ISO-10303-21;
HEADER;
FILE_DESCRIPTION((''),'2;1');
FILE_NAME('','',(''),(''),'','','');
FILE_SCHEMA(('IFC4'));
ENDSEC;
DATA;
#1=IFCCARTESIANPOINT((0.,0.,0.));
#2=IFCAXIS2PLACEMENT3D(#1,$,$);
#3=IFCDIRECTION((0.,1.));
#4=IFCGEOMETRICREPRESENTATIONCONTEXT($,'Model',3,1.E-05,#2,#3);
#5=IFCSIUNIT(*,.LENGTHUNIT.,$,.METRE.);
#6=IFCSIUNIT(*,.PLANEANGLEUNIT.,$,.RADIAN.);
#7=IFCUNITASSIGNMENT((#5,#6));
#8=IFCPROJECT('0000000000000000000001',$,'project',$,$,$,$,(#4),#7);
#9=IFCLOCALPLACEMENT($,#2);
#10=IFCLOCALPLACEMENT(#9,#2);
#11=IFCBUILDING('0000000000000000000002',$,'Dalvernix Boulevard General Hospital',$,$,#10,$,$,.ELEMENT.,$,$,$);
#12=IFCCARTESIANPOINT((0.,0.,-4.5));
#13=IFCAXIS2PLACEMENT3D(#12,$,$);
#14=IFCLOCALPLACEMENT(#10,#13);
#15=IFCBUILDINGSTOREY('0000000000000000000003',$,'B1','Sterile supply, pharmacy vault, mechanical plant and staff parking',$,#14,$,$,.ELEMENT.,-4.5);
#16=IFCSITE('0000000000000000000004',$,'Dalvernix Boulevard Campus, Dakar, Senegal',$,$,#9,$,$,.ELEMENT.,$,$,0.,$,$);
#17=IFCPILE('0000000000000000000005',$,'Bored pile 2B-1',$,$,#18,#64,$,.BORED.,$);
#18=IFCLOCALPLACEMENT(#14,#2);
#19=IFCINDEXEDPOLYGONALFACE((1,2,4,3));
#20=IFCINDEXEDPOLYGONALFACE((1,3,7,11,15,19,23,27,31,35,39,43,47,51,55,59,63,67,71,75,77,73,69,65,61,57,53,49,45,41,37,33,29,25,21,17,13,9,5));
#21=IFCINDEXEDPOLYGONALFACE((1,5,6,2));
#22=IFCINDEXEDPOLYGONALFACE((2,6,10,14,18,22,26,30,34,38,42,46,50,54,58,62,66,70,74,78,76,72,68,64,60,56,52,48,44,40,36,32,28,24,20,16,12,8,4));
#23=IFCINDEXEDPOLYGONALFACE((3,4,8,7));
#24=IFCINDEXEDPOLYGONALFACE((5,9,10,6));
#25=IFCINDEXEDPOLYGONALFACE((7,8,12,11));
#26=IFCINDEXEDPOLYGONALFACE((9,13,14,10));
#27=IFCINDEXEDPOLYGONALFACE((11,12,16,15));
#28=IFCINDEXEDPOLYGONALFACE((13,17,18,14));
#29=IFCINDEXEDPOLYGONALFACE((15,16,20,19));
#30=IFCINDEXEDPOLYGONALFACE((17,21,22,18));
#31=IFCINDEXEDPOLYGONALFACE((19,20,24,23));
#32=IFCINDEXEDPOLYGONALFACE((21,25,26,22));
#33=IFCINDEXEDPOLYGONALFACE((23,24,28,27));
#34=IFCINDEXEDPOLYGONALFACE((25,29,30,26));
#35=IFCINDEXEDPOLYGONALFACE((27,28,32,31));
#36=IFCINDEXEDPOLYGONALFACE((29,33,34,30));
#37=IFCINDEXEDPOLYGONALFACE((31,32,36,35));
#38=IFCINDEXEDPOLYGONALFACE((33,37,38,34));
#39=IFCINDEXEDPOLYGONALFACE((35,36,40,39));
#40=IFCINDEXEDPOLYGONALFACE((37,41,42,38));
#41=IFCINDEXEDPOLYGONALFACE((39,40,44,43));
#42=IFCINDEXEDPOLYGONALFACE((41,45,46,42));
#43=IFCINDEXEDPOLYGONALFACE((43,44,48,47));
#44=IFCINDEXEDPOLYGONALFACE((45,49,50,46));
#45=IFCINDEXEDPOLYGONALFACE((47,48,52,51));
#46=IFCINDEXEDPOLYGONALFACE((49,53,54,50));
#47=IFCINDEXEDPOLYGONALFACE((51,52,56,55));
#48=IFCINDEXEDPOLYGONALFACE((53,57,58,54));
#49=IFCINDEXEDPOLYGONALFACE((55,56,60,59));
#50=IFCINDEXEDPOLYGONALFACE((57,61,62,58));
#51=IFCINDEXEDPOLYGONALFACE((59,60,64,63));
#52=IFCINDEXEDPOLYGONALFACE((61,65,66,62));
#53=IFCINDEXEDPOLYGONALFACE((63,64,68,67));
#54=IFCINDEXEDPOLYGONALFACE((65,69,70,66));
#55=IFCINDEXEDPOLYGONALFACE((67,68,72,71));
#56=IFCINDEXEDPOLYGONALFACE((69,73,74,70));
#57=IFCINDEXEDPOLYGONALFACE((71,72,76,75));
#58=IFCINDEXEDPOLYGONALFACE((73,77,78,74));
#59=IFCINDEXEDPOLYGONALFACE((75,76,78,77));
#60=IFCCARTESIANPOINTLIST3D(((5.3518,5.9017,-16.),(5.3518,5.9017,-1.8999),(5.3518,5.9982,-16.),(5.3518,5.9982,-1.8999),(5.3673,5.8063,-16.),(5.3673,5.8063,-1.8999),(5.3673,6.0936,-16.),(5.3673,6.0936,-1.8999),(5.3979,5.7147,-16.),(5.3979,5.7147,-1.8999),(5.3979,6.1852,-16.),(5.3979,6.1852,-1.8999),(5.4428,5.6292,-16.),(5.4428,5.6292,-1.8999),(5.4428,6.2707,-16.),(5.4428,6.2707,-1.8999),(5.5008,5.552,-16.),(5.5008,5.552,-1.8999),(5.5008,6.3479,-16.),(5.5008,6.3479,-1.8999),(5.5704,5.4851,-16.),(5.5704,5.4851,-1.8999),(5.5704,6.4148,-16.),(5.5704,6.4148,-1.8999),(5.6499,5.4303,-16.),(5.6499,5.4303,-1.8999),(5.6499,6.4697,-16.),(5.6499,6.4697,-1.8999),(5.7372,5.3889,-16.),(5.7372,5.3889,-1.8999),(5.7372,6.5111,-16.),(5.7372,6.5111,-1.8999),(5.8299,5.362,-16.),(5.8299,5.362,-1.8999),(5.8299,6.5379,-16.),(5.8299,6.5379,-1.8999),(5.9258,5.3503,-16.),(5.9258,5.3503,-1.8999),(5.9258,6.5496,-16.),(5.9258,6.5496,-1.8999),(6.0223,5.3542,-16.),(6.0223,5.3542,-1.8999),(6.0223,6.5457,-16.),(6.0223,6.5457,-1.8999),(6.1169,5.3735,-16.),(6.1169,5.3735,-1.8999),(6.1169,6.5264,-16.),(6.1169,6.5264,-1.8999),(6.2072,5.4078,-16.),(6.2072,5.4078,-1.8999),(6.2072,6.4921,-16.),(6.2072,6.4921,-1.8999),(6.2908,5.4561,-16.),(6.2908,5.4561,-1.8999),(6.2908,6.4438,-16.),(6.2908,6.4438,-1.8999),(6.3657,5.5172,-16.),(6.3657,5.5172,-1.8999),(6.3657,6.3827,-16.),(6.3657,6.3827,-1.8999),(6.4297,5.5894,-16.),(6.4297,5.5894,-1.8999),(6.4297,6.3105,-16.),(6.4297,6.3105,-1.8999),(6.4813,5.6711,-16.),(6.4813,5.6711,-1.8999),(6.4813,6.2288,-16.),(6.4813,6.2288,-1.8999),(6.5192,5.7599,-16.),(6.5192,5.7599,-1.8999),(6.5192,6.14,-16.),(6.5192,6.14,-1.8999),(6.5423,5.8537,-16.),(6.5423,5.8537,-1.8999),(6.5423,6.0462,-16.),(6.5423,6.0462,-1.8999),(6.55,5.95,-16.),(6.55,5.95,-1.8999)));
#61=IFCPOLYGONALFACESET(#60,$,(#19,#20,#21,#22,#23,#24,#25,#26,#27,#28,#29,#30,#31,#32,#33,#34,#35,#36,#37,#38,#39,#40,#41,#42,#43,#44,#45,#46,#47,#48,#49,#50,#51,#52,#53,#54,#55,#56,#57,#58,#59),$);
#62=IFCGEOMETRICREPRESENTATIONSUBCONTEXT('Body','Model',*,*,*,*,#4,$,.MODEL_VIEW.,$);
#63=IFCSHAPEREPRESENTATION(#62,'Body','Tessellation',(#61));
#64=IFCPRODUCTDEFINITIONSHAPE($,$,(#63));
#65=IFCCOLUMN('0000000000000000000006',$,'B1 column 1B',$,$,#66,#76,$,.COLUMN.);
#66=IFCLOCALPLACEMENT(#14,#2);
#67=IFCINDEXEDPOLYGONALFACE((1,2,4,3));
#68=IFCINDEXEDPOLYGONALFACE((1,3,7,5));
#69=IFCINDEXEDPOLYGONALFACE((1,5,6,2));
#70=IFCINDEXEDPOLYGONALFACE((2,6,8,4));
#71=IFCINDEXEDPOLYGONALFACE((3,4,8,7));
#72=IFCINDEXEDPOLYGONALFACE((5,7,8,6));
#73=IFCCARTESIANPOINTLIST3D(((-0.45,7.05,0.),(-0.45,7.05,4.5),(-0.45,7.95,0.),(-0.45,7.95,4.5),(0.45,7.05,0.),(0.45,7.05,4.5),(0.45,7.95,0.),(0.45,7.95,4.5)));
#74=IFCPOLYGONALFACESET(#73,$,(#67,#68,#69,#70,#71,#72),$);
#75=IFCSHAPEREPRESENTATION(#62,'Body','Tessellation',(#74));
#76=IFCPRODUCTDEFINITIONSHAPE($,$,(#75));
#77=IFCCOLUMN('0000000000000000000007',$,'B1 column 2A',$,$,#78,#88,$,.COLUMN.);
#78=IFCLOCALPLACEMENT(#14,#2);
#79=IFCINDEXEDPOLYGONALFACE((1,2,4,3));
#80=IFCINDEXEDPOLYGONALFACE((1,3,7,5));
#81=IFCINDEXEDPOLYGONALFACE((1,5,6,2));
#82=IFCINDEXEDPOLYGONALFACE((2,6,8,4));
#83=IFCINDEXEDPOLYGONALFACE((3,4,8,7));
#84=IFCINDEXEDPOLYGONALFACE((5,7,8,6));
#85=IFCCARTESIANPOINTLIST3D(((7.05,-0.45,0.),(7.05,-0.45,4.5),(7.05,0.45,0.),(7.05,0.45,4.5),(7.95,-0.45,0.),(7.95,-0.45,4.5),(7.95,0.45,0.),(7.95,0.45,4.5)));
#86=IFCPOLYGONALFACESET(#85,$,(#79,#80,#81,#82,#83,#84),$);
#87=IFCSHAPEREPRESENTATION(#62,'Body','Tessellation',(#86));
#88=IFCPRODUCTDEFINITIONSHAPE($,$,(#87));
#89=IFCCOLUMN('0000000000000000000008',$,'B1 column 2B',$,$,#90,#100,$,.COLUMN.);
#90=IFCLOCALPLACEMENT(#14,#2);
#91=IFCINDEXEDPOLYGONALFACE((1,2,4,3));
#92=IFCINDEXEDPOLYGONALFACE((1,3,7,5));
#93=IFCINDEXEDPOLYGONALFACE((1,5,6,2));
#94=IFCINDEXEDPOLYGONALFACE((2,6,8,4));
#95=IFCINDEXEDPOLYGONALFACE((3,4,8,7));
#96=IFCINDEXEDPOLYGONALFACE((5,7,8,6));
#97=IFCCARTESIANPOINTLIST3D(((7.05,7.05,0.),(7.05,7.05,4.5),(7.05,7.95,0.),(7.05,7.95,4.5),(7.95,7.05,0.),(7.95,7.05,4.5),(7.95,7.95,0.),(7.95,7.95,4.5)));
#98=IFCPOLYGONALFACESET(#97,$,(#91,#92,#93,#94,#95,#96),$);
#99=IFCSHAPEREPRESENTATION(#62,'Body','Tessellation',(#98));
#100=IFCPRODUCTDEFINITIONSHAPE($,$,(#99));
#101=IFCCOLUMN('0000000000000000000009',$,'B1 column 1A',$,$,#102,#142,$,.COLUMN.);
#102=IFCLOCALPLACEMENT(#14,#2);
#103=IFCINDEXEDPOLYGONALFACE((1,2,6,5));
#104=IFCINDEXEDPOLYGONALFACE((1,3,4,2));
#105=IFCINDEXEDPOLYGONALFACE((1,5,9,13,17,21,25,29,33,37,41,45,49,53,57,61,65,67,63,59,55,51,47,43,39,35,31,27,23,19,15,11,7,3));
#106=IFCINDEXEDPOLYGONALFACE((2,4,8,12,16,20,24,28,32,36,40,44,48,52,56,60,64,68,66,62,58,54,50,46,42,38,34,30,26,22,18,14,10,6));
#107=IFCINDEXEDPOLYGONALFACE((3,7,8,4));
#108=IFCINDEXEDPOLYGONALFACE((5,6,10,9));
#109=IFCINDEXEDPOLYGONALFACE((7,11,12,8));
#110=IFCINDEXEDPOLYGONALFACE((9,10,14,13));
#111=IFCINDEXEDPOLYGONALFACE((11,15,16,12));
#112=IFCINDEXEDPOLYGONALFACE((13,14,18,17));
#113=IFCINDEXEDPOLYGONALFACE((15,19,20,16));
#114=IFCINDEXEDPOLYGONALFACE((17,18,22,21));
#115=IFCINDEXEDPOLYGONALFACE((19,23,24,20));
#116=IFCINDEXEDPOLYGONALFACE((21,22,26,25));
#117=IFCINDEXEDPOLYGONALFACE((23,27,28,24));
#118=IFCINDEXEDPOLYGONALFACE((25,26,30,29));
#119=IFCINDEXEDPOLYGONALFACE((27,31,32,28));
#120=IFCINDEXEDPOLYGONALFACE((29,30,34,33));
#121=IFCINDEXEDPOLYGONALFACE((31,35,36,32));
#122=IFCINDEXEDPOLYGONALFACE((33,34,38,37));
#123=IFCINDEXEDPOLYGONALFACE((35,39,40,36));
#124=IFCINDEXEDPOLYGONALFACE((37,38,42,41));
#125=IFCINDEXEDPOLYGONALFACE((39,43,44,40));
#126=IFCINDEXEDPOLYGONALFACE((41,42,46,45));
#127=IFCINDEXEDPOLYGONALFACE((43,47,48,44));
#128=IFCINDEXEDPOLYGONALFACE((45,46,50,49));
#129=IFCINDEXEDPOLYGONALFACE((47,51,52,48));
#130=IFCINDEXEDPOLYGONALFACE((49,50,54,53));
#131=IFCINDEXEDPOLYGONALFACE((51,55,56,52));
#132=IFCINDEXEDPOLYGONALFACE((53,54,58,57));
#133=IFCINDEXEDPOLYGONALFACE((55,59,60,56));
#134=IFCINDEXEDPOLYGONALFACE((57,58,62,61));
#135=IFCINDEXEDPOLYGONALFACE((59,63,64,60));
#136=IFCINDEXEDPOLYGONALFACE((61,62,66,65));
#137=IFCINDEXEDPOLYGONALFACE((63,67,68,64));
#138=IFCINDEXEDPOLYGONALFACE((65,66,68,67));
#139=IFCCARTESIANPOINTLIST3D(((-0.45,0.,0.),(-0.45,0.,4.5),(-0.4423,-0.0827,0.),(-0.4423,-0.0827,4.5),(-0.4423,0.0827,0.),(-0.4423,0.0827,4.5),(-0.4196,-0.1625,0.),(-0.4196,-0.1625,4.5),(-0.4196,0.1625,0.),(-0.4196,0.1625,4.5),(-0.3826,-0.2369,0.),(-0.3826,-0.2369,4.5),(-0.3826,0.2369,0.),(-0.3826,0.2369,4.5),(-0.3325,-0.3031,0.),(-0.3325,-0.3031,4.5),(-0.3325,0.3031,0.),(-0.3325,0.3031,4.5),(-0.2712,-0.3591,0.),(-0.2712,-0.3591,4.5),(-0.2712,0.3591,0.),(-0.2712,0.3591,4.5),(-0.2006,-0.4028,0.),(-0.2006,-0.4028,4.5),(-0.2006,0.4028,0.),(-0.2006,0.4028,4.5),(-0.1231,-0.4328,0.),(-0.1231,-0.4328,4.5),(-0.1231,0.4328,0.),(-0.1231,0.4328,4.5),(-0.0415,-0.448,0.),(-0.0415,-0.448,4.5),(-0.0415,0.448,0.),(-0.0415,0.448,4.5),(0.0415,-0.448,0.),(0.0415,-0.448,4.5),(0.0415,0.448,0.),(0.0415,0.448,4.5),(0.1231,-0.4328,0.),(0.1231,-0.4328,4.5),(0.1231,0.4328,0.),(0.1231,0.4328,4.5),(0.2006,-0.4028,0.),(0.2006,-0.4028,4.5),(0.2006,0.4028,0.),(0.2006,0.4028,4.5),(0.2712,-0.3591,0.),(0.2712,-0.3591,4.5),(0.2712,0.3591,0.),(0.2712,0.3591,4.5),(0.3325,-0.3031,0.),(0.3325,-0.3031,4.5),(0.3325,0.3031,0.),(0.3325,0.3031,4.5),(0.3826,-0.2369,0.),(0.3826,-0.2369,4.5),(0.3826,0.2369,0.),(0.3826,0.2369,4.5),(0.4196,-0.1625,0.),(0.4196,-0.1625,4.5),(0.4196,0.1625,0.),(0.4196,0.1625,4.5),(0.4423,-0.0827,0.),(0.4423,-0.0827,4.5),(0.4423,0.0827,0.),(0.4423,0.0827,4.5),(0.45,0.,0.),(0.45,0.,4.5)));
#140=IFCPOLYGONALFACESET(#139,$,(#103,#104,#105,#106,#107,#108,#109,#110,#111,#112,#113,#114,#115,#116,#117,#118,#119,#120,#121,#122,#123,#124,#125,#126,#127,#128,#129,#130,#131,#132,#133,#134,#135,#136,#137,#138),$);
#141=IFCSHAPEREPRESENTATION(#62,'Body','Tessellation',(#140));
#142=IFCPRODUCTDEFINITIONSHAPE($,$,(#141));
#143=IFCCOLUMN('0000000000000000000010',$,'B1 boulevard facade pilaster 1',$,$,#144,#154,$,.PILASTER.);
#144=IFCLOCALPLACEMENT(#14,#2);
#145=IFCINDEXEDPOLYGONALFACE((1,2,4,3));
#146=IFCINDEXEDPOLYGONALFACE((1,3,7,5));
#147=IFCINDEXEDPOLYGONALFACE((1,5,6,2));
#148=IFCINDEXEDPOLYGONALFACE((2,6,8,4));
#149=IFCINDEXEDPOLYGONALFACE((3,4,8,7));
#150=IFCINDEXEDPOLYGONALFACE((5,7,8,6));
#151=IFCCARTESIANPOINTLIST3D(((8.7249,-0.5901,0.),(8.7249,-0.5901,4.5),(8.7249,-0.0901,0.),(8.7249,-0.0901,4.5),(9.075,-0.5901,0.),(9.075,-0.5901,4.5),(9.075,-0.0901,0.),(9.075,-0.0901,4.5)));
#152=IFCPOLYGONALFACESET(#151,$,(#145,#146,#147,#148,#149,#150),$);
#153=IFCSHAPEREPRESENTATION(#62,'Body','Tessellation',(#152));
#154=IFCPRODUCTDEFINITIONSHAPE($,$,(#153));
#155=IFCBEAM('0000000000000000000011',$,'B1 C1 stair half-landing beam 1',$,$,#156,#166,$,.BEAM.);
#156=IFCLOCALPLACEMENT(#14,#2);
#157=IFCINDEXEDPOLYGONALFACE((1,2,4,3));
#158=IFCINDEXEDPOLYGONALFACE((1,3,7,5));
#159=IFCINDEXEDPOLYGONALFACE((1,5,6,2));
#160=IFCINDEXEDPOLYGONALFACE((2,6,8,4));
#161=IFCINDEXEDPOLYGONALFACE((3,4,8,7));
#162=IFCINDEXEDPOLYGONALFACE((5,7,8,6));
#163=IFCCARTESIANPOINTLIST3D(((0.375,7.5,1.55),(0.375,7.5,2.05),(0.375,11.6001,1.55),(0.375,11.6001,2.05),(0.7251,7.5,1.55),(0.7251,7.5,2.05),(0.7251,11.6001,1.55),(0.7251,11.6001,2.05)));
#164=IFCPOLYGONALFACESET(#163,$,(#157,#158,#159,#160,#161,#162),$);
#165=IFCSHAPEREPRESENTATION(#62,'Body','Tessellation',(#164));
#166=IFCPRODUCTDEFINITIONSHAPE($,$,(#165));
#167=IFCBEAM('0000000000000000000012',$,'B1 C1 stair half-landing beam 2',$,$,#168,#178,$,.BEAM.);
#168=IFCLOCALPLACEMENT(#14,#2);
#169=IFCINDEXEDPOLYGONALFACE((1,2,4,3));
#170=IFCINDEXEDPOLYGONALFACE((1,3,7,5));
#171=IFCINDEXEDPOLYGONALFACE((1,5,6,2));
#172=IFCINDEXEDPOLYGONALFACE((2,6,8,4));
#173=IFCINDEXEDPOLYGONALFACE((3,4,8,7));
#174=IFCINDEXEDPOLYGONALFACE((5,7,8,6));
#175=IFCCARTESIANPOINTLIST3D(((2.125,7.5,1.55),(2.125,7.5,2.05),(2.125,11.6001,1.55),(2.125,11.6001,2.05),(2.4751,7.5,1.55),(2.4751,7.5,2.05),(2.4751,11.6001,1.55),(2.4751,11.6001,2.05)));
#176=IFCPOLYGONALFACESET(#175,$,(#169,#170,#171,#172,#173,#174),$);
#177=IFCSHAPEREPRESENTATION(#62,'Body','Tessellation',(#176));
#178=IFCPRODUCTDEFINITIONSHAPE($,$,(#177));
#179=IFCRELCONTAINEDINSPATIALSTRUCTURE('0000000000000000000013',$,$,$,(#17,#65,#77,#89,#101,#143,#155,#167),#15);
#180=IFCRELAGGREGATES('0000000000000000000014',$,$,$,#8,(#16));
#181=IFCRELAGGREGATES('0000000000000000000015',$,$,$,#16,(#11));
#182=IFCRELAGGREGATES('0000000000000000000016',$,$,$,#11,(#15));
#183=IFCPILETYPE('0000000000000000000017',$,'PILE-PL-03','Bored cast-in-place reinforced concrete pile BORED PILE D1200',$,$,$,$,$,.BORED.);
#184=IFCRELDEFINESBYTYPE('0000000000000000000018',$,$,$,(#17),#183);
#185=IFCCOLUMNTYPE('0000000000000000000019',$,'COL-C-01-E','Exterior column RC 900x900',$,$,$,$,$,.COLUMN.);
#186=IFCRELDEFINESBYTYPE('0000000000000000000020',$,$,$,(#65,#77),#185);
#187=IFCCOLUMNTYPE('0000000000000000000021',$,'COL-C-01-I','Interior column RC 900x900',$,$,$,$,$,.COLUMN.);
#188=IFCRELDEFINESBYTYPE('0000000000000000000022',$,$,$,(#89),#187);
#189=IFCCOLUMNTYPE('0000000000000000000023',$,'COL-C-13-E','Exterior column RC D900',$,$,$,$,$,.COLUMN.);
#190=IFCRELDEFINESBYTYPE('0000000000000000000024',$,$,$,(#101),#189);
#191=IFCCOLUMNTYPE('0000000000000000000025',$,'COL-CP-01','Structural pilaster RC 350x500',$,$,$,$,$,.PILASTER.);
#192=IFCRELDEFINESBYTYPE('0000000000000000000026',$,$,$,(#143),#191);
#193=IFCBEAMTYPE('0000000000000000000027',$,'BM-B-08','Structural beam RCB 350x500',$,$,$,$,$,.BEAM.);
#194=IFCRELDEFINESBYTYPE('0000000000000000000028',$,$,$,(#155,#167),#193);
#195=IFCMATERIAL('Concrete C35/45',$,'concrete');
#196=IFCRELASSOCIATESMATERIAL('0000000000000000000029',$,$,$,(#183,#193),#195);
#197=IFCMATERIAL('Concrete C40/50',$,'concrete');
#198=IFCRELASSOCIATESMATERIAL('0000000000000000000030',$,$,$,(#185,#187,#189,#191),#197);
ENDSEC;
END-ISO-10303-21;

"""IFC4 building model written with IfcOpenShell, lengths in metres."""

from ifc_helpers import new_model, si_unit, direction, frame, origin, origin_with_axes, origin_2d, place, context, subcontext, project, spatial, rectangle, circle, extrude, material, material_profile, profile_set, type_object, element, save


model = new_model("IFC4")

# Units and contexts
model_context = context("Model", 3, precision=1e-05, world=origin(), true_north=direction((0.0, 1.0)))
body_context = subcontext(model_context, "Body", "Model", "MODEL_VIEW")
ifc_project = project(units=[si_unit("LENGTHUNIT", "METRE"), si_unit("PLANEANGLEUNIT", "RADIAN")], contexts=[model_context])

# Site, building, storey
site_placement = place(None, origin())
site = spatial("IfcSite", under=ifc_project, at=site_placement, Name="Dalvernix Boulevard Campus, Dakar, Senegal", CompositionType="ELEMENT", RefElevation=0.0)
building_placement = place(site_placement, origin())
building = spatial("IfcBuilding", under=site, at=building_placement, Name="Dalvernix Boulevard General Hospital", CompositionType="ELEMENT")
storey_placement = place(building_placement, frame((0.0, 0.0, -4.5)))
storey = spatial("IfcBuildingStorey", under=building, at=storey_placement, Name="B1", Description="Sterile supply, pharmacy vault, mechanical plant and staff parking", CompositionType="ELEMENT", Elevation=-4.5)

# Shared definitions
ifc_material_1 = material(Name="Concrete C35/45", Category="concrete")
ifc_material_2 = material(Name="Concrete C40/50", Category="concrete")

# Pile
ifc_material_profile_1 = material_profile(ifc_material_1, circle(Radius=0.6001, at=origin_2d()), Name="BORED PILE D1200")
ifc_profile_set_1 = profile_set([ifc_material_profile_1], Name="Concrete C35/45")
pile_type_1 = type_object("IfcPileType", Name="PILE-PL-03", Description="Bored cast-in-place reinforced concrete pile BORED PILE D1200", PredefinedType="BORED", material=ifc_profile_set_1)
for number, where, z_axis, x_axis, name in (
    (1, (5.95, 5.95, -1.8999), (0.0, 0.0, -1.0), (1.0, 0.0, 0.0), "Bored pile 2B-1"),
):
    element("IfcPile", number, at=place(storey_placement, frame(where, z_axis=z_axis, x_axis=x_axis)), inside=storey, type_object=pile_type_1, Name=name, PredefinedType="BORED", context=body_context, shape_type="SweptSolid", body=[
        extrude(circle(Radius=0.6001, at=origin_2d()), origin(), (0.0, 0.0, 1.0), 14.1001),
    ])

# Columns
ifc_material_profile_2 = material_profile(ifc_material_2, rectangle(XDim=0.8999, YDim=0.8999, at=origin_2d()), Name="RC 900x900")
ifc_profile_set_2 = profile_set([ifc_material_profile_2], Name="Concrete C40/50")
column_type_1 = type_object("IfcColumnType", Name="COL-C-01-E", Description="Exterior column RC 900x900", PredefinedType="COLUMN", material=ifc_profile_set_2)
for number, where, z_axis, x_axis, name in (
    (2, (0.0, 7.5, 0.0), (0.0, 0.0, 1.0), (1.0, 0.0, 0.0), "B1 column 1B"),
    (3, (7.5, 0.0, 0.0), (0.0, 0.0, 1.0), (1.0, 0.0, 0.0), "B1 column 2A"),
):
    element("IfcColumn", number, at=place(storey_placement, frame(where, z_axis=z_axis, x_axis=x_axis)), inside=storey, type_object=column_type_1, Name=name, PredefinedType="COLUMN", context=body_context, shape_type="SweptSolid", body=[
        extrude(rectangle(XDim=0.8999, YDim=0.8999, at=origin_2d()), origin(), (0.0, 0.0, 1.0), 4.5),
    ])
ifc_material_profile_3 = material_profile(ifc_material_2, rectangle(XDim=0.8999, YDim=0.8999, at=origin_2d()), Name="RC 900x900")
ifc_profile_set_3 = profile_set([ifc_material_profile_3], Name="Concrete C40/50")
column_type_2 = type_object("IfcColumnType", Name="COL-C-01-I", Description="Interior column RC 900x900", PredefinedType="COLUMN", material=ifc_profile_set_3)
column_1_placement = place(storey_placement, frame((7.5, 7.5, 0.0), z_axis=(0.0, 0.0, 1.0), x_axis=(1.0, 0.0, 0.0)))
element("IfcColumn", 4, at=column_1_placement, inside=storey, type_object=column_type_2, Name="B1 column 2B", PredefinedType="COLUMN", context=body_context, shape_type="SweptSolid", body=[
    extrude(rectangle(XDim=0.8999, YDim=0.8999, at=origin_2d()), origin(), (0.0, 0.0, 1.0), 4.5),
])
ifc_material_profile_4 = material_profile(ifc_material_2, circle(Radius=0.45, at=origin_2d()), Name="RC D900")
ifc_profile_set_4 = profile_set([ifc_material_profile_4], Name="Concrete C40/50")
column_type_3 = type_object("IfcColumnType", Name="COL-C-13-E", Description="Exterior column RC D900", PredefinedType="COLUMN", material=ifc_profile_set_4)
column_2_placement = place(storey_placement, origin_with_axes())
element("IfcColumn", 5, at=column_2_placement, inside=storey, type_object=column_type_3, Name="B1 column 1A", PredefinedType="COLUMN", context=body_context, shape_type="SweptSolid", body=[
    extrude(circle(Radius=0.45, at=origin_2d()), origin(), (0.0, 0.0, 1.0), 4.5),
])
ifc_material_profile_5 = material_profile(ifc_material_2, rectangle(XDim=0.3501, YDim=0.5, at=origin_2d()), Name="RC 350x500")
ifc_profile_set_5 = profile_set([ifc_material_profile_5], Name="Concrete C40/50")
column_type_4 = type_object("IfcColumnType", Name="COL-CP-01", Description="Structural pilaster RC 350x500", PredefinedType="PILASTER", material=ifc_profile_set_5)
column_3_placement = place(storey_placement, frame((8.8999, -0.3401, 0.0), z_axis=(0.0, 0.0, 1.0), x_axis=(1.0, 0.0, 0.0)))
element("IfcColumn", 6, at=column_3_placement, inside=storey, type_object=column_type_4, Name="B1 boulevard facade pilaster 1", PredefinedType="PILASTER", context=body_context, shape_type="SweptSolid", body=[
    extrude(rectangle(XDim=0.3501, YDim=0.5, at=origin_2d()), origin(), (0.0, 0.0, 1.0), 4.5),
])

# Beams
ifc_material_profile_6 = material_profile(ifc_material_1, rectangle(XDim=0.3501, YDim=0.5, at=origin_2d()), Name="RCB 350x500")
ifc_profile_set_6 = profile_set([ifc_material_profile_6], Name="Concrete C35/45")
beam_type = type_object("IfcBeamType", Name="BM-B-08", Description="Structural beam RCB 350x500", PredefinedType="BEAM", material=ifc_profile_set_6)
for number, where, z_axis, x_axis, name in (
    (7, (0.55, 7.5, 1.8), (0.0, 1.0, 0.0), (-1.0, 0.0, 0.0), "B1 C1 stair half-landing beam 1"),
    (8, (2.3, 7.5, 1.8), (0.0, 1.0, 0.0), (-1.0, 0.0, 0.0), "B1 C1 stair half-landing beam 2"),
):
    element("IfcBeam", number, at=place(storey_placement, frame(where, z_axis=z_axis, x_axis=x_axis)), inside=storey, type_object=beam_type, Name=name, PredefinedType="BEAM", context=body_context, shape_type="SweptSolid", body=[
        extrude(rectangle(XDim=0.3501, YDim=0.5, at=origin_2d()), origin(), (0.0, 0.0, 1.0), 4.1001),
    ])

save(model, "model.ifc")
